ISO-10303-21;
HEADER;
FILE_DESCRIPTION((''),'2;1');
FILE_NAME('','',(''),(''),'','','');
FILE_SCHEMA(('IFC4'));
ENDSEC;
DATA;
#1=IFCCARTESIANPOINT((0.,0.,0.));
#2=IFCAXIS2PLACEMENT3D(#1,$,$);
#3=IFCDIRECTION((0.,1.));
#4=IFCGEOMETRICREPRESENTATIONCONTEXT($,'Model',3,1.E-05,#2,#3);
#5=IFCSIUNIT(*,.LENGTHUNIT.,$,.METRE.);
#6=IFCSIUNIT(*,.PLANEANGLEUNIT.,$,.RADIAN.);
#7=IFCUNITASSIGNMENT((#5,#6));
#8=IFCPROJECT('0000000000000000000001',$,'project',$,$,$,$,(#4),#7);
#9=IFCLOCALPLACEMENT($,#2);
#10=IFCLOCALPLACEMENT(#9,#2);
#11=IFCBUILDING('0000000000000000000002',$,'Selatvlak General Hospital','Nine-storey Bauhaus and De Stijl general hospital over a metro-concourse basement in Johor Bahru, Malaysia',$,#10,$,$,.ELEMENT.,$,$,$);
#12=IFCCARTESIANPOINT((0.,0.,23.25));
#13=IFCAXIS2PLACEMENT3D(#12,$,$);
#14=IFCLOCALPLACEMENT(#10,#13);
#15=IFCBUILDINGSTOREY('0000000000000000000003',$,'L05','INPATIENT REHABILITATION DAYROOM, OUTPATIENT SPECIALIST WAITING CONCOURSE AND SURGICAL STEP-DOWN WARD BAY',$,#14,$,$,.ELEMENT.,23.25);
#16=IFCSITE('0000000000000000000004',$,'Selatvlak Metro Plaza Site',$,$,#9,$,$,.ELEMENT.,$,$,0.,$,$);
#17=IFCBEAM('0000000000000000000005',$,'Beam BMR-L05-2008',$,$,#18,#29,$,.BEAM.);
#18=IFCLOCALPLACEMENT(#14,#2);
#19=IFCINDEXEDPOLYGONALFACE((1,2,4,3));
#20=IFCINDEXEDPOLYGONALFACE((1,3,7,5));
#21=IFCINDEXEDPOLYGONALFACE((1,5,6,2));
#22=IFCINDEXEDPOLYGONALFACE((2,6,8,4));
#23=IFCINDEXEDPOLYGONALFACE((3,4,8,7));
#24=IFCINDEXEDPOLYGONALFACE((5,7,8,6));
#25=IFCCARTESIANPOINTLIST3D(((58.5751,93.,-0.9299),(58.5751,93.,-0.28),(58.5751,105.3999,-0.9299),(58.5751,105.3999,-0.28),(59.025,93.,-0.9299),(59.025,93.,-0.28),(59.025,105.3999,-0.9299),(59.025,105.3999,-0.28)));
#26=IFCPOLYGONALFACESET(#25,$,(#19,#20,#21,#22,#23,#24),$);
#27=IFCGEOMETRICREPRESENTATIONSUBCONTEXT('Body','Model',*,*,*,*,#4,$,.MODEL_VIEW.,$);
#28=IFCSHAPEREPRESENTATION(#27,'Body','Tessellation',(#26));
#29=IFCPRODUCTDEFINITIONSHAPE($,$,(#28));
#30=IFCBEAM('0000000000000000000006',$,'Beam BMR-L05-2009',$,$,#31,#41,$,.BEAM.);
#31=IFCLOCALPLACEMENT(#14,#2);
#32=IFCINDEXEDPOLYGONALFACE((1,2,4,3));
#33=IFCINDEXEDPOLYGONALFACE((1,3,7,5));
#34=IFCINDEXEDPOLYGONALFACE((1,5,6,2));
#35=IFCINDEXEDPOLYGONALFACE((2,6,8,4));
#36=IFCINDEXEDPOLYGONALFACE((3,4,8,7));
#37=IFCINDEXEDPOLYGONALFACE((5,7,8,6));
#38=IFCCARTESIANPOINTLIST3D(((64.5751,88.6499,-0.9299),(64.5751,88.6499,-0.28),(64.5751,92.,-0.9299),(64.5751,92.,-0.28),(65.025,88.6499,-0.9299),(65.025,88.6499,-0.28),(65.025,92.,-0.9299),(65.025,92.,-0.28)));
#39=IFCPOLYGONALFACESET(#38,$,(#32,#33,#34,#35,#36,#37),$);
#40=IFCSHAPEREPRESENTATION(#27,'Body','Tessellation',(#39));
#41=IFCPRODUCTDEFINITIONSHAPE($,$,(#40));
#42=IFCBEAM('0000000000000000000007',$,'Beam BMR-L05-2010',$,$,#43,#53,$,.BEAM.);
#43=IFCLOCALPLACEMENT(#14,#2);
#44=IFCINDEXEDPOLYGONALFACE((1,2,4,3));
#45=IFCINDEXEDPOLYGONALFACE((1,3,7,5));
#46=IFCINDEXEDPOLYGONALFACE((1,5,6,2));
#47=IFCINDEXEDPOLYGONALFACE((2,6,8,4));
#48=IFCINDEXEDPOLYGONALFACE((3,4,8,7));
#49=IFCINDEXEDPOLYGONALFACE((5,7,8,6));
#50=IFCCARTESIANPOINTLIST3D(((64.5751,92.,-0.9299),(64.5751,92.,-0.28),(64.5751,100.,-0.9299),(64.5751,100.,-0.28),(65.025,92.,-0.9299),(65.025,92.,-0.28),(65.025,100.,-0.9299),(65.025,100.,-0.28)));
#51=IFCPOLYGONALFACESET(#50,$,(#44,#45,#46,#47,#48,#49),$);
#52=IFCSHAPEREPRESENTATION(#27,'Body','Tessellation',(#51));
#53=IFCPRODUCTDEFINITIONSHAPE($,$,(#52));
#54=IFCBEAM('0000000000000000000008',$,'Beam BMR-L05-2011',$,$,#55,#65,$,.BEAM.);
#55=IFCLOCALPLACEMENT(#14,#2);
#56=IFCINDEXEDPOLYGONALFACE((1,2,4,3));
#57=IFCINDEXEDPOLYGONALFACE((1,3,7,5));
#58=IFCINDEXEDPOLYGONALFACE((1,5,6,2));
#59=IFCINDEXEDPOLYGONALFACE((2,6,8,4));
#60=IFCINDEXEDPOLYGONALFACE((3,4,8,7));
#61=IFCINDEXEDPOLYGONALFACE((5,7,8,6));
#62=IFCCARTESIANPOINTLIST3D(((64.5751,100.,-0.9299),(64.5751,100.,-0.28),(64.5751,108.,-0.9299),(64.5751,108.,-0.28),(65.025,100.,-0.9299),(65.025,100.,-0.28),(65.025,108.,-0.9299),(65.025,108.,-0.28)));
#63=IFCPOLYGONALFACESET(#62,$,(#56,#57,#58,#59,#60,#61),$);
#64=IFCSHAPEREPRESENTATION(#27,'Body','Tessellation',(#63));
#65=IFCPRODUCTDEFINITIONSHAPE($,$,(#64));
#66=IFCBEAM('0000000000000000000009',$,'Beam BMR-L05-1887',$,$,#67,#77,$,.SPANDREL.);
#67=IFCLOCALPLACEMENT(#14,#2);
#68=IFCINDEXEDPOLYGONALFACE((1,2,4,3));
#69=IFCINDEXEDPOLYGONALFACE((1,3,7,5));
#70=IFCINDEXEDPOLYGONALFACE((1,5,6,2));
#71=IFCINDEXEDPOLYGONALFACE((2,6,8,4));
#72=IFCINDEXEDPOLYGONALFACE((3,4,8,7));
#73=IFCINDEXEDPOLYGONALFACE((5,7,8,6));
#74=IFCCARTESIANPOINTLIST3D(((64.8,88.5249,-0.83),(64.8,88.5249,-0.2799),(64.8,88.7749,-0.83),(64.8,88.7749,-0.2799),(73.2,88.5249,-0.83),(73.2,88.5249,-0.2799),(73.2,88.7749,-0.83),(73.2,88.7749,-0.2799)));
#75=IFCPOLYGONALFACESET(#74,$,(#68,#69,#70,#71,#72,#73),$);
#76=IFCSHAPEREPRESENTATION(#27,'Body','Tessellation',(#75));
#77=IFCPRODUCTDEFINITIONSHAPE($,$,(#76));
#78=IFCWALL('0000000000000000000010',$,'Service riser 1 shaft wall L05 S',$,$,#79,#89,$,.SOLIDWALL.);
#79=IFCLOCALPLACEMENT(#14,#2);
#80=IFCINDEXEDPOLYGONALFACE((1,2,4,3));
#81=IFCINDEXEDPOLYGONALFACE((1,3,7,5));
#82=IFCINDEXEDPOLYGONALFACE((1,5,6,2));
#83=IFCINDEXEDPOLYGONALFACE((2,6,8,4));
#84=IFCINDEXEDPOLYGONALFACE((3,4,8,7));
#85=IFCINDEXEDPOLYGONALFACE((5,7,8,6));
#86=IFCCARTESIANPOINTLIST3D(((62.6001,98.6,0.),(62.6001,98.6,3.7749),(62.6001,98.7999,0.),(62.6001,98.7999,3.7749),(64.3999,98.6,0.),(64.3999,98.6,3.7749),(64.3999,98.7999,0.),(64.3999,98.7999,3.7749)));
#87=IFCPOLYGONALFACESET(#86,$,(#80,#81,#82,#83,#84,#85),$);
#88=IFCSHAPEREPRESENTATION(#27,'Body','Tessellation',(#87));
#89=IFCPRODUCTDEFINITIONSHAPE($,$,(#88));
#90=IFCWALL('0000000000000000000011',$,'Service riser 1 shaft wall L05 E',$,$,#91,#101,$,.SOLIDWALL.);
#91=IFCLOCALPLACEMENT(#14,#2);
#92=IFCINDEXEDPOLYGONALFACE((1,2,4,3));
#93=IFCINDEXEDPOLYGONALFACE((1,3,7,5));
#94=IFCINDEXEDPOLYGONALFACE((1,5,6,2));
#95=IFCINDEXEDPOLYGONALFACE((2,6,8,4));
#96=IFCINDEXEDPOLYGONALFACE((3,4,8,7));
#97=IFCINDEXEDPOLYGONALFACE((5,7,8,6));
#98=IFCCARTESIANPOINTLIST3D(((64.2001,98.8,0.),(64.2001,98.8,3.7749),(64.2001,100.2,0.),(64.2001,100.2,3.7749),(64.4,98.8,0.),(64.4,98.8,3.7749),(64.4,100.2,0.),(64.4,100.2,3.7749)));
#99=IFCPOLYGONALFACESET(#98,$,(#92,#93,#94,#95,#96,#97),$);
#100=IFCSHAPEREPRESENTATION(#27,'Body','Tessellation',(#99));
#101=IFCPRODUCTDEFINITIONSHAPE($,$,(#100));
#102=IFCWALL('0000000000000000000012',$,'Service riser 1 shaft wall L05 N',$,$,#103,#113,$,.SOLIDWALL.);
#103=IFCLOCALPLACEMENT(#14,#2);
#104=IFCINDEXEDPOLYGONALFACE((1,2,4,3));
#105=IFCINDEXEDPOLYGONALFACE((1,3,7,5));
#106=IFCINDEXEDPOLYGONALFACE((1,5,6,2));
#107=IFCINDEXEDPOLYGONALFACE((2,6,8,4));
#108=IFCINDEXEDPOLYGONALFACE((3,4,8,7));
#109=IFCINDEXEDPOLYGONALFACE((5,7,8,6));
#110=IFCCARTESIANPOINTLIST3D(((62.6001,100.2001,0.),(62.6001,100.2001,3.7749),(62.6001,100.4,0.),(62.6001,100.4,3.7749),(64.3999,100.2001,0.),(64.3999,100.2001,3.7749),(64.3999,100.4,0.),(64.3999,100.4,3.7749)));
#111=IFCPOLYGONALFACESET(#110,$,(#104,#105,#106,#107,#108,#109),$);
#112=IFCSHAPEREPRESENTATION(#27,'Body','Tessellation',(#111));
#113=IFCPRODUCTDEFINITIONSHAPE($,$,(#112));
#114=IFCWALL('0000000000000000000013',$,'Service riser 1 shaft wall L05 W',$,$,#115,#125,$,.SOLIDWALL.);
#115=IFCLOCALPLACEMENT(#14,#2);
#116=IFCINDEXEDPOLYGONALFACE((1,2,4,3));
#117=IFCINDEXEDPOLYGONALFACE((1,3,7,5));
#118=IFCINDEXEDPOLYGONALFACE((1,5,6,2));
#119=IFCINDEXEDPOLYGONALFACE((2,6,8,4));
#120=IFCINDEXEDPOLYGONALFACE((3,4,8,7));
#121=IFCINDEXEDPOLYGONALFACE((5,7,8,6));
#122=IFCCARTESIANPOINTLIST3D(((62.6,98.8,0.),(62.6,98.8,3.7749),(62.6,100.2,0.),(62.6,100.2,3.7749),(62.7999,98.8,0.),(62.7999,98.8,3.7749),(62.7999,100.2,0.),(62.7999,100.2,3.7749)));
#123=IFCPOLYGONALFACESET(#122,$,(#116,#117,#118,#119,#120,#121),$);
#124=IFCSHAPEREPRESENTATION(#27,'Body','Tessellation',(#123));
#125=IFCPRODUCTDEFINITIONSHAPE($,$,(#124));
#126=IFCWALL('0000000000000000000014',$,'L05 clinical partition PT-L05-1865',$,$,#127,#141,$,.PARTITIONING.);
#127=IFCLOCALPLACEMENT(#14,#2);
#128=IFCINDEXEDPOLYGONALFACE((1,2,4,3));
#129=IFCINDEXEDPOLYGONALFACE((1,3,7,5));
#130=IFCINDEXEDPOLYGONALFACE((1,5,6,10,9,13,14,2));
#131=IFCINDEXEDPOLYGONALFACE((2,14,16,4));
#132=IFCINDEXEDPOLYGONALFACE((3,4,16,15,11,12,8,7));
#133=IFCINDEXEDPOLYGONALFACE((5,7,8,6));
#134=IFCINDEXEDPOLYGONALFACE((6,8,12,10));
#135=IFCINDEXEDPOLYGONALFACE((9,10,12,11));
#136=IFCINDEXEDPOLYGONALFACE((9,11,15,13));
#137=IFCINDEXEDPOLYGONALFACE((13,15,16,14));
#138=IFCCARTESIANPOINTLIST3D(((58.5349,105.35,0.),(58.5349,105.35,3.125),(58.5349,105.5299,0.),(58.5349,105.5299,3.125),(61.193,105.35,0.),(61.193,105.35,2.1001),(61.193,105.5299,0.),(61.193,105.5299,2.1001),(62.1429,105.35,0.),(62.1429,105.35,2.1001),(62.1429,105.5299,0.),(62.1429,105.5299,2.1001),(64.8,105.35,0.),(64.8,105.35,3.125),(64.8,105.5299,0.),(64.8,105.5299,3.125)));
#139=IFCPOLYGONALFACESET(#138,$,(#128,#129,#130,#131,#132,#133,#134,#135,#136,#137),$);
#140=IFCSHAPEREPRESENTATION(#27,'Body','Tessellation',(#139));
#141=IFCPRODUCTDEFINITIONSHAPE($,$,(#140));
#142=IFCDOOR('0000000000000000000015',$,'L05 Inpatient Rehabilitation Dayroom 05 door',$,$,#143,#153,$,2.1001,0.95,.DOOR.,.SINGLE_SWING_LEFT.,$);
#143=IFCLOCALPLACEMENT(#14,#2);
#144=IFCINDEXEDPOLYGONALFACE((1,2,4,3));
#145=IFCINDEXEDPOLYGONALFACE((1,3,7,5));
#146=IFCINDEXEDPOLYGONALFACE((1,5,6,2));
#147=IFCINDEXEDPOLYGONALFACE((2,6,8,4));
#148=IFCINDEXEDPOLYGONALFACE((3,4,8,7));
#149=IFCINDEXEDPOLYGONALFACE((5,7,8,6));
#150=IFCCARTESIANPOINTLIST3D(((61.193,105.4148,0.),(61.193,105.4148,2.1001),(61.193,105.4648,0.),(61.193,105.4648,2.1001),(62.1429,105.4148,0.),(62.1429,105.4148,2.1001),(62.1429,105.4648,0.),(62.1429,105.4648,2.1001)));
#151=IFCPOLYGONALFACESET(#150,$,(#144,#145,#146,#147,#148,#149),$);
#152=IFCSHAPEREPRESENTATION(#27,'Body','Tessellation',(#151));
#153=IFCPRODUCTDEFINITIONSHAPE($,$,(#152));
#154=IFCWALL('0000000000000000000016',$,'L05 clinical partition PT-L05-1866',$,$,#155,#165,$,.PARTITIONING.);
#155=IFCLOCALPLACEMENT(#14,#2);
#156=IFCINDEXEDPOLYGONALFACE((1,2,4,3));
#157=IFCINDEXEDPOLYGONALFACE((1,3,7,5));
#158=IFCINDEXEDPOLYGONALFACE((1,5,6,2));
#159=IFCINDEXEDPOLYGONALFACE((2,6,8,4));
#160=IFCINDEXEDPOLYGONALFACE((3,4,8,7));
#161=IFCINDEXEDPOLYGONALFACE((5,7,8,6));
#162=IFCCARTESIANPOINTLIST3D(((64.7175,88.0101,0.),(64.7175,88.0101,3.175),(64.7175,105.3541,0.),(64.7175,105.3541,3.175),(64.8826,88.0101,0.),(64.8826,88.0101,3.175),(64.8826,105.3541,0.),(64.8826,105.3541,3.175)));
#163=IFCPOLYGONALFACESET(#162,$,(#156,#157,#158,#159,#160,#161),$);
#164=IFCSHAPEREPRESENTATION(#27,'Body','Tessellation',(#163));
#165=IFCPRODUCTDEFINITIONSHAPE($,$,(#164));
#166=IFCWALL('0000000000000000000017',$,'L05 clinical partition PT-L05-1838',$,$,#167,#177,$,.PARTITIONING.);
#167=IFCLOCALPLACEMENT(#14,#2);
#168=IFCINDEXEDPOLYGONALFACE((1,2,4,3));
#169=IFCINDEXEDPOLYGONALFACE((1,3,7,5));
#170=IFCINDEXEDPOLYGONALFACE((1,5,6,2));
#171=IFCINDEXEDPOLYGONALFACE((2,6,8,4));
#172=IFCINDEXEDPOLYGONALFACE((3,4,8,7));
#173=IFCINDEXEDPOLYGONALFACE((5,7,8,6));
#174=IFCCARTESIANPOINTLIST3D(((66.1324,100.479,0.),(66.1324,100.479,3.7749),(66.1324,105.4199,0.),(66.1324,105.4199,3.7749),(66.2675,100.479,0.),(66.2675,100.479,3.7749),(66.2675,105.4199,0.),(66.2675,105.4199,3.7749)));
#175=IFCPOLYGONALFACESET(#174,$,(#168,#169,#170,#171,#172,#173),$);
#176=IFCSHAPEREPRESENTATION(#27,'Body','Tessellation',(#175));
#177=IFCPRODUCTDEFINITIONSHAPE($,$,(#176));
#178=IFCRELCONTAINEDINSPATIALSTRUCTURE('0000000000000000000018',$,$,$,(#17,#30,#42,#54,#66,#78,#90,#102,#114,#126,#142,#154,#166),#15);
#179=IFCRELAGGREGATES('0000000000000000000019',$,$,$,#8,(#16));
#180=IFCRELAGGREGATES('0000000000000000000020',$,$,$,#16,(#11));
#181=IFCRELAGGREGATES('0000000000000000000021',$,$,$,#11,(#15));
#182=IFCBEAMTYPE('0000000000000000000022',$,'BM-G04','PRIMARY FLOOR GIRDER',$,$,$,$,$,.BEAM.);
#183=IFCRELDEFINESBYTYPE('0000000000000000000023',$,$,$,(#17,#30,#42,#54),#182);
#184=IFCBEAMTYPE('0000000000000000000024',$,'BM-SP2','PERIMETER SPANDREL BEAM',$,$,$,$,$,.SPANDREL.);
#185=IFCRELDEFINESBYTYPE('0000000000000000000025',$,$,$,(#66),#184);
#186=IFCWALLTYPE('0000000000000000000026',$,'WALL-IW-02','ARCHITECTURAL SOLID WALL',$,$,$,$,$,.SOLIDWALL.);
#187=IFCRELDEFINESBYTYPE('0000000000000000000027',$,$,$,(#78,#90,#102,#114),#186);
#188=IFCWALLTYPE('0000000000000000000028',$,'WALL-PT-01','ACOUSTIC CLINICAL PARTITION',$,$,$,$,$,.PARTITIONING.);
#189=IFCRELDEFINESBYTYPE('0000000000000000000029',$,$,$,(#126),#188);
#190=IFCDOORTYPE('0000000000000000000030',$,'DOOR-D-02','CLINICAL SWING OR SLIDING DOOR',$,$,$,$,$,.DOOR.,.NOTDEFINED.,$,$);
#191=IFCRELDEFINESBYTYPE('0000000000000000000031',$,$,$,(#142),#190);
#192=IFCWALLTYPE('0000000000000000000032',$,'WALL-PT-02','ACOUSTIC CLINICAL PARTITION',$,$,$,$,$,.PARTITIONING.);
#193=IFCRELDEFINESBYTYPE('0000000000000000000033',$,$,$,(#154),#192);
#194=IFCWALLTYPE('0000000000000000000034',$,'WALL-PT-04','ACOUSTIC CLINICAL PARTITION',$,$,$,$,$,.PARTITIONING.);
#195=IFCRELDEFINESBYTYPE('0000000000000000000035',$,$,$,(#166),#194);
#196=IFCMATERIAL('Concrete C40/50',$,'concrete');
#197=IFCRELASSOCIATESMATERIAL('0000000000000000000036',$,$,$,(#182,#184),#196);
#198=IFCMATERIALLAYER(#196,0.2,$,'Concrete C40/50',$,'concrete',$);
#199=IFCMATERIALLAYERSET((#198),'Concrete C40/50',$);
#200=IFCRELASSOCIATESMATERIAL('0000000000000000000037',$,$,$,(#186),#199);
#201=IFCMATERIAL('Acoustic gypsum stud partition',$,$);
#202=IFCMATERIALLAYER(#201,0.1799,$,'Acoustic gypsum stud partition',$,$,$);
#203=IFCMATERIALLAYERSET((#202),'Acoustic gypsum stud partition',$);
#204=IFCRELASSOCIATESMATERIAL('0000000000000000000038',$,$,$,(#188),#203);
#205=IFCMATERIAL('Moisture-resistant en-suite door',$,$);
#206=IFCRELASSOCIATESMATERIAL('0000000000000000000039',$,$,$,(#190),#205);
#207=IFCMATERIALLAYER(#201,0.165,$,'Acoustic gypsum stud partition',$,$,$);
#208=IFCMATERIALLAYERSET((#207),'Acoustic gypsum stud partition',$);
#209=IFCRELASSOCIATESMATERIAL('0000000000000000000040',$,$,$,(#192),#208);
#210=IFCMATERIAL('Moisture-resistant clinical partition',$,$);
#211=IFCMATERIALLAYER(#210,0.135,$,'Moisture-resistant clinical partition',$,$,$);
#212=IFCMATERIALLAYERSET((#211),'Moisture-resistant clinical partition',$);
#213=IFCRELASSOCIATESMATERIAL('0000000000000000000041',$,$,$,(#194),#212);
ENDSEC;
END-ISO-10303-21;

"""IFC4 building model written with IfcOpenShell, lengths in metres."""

from ifc_helpers import new_model, si_unit, direction, frame, frame_2d, origin, origin_2d, place, context, subcontext, project, spatial, rectangle, extrude, material, layer, layer_set, material_profile, profile_set, type_object, element, fill, save


model = new_model("IFC4")

# Units and contexts
model_context = context("Model", 3, precision=1e-05, world=origin(), true_north=direction((0.0, 1.0)))
body_context = subcontext(model_context, "Body", "Model", "MODEL_VIEW")
ifc_project = project(units=[si_unit("LENGTHUNIT", "METRE"), si_unit("PLANEANGLEUNIT", "RADIAN")], contexts=[model_context])

# Site, building, storey
site_placement = place(None, origin())
site = spatial("IfcSite", under=ifc_project, at=site_placement, Name="Selatvlak Metro Plaza Site", CompositionType="ELEMENT", RefElevation=0.0)
building_placement = place(site_placement, origin())
building = spatial("IfcBuilding", under=site, at=building_placement, Name="Selatvlak General Hospital", Description="Nine-storey Bauhaus and De Stijl general hospital over a metro-concourse basement in Johor Bahru, Malaysia", CompositionType="ELEMENT")
storey_placement = place(building_placement, frame((0.0, 0.0, 23.25)))
storey = spatial("IfcBuildingStorey", under=building, at=storey_placement, Name="L05", Description="INPATIENT REHABILITATION DAYROOM, OUTPATIENT SPECIALIST WAITING CONCOURSE AND SURGICAL STEP-DOWN WARD BAY", CompositionType="ELEMENT", Elevation=23.25)

# Shared definitions
ifc_material_1 = material(Name="Concrete C40/50", Category="concrete")

# Beams
ifc_material_profile_1 = material_profile(ifc_material_1, rectangle(XDim=0.45, YDim=0.6499, at=origin_2d()), Name="RC-BM 450x650")
ifc_profile_set_1 = profile_set([ifc_material_profile_1], Name="Concrete C40/50")
beam_type_1 = type_object("IfcBeamType", Name="BM-G04", Description="PRIMARY FLOOR GIRDER", PredefinedType="BEAM", material=ifc_profile_set_1)
beam_1_placement = place(storey_placement, frame((58.8, 93.0, -0.605), z_axis=(0.0, 1.0, 0.0), x_axis=(-1.0, 0.0, 0.0)))
element("IfcBeam", 1, at=beam_1_placement, inside=storey, type_object=beam_type_1, Name="Beam BMR-L05-2008", PredefinedType="BEAM", context=body_context, shape_type="SweptSolid", body=[
    extrude(rectangle(XDim=0.45, YDim=0.6499, at=origin_2d()), origin(), (0.0, 0.0, 1.0), 12.3999),
])
beam_2_placement = place(storey_placement, frame((64.8, 88.6499, -0.605), z_axis=(0.0, 1.0, 0.0), x_axis=(-1.0, 0.0, 0.0)))
element("IfcBeam", 2, at=beam_2_placement, inside=storey, type_object=beam_type_1, Name="Beam BMR-L05-2009", PredefinedType="BEAM", context=body_context, shape_type="SweptSolid", body=[
    extrude(rectangle(XDim=0.45, YDim=0.6499, at=origin_2d()), origin(), (0.0, 0.0, 1.0), 3.3501),
])
for number, where, z_axis, x_axis, name in (
    (3, (64.8, 92.0, -0.605), (0.0, 1.0, 0.0), (-1.0, 0.0, 0.0), "Beam BMR-L05-2010"),
    (4, (64.8, 100.0, -0.605), (0.0, 1.0, 0.0), (-1.0, 0.0, 0.0), "Beam BMR-L05-2011"),
):
    element("IfcBeam", number, at=place(storey_placement, frame(where, z_axis=z_axis, x_axis=x_axis)), inside=storey, type_object=beam_type_1, Name=name, PredefinedType="BEAM", context=body_context, shape_type="SweptSolid", body=[
        extrude(rectangle(XDim=0.45, YDim=0.6499, at=origin_2d()), origin(), (0.0, 0.0, 1.0), 8.0),
    ])
ifc_material_profile_2 = material_profile(ifc_material_1, rectangle(XDim=0.25, YDim=0.55, at=origin_2d()), Name="RC-SP 250x550")
ifc_profile_set_2 = profile_set([ifc_material_profile_2], Name="Concrete C40/50")
beam_type_2 = type_object("IfcBeamType", Name="BM-SP2", Description="PERIMETER SPANDREL BEAM", PredefinedType="SPANDREL", material=ifc_profile_set_2)
beam_3_placement = place(storey_placement, frame((64.8, 88.6499, -0.5549), z_axis=(1.0, 0.0, 0.0), x_axis=(0.0, 1.0, 0.0)))
element("IfcBeam", 5, at=beam_3_placement, inside=storey, type_object=beam_type_2, Name="Beam BMR-L05-1887", PredefinedType="SPANDREL", context=body_context, shape_type="SweptSolid", body=[
    extrude(rectangle(XDim=0.25, YDim=0.55, at=origin_2d()), origin(), (0.0, 0.0, 1.0), 8.3999),
])

# Walls
ifc_layer_1 = layer(ifc_material_1, 0.2, Name="Concrete C40/50", Category="concrete")
ifc_layer_set_1 = layer_set([ifc_layer_1], Name="Concrete C40/50")
wall_type_1 = type_object("IfcWallType", Name="WALL-IW-02", Description="ARCHITECTURAL SOLID WALL", PredefinedType="SOLIDWALL", material=ifc_layer_set_1)
wall_1_placement = place(storey_placement, frame((62.6001, 98.7, 0.0), z_axis=(0.0, 0.0, 1.0), x_axis=(1.0, 0.0, 0.0)))
element("IfcWall", 6, at=wall_1_placement, inside=storey, type_object=wall_type_1, Name="Service riser 1 shaft wall L05 S", PredefinedType="SOLIDWALL", context=body_context, shape_type="SweptSolid", body=[
    extrude(rectangle(XDim=1.7998, YDim=0.2, at=frame_2d((0.8999, 0.0))), origin(), (0.0, 0.0, 1.0), 3.7749),
])
wall_2_placement = place(storey_placement, frame((64.3, 98.8, 0.0), z_axis=(0.0, 0.0, 1.0), x_axis=(0.0, 1.0, 0.0)))
element("IfcWall", 7, at=wall_2_placement, inside=storey, type_object=wall_type_1, Name="Service riser 1 shaft wall L05 E", PredefinedType="SOLIDWALL", context=body_context, shape_type="SweptSolid", body=[
    extrude(rectangle(XDim=1.3999, YDim=0.2, at=frame_2d((0.7, 0.0))), origin(), (0.0, 0.0, 1.0), 3.7749),
])
wall_3_placement = place(storey_placement, frame((64.3999, 100.3, 0.0), z_axis=(0.0, 0.0, 1.0), x_axis=(-1.0, 0.0, 0.0)))
element("IfcWall", 8, at=wall_3_placement, inside=storey, type_object=wall_type_1, Name="Service riser 1 shaft wall L05 N", PredefinedType="SOLIDWALL", context=body_context, shape_type="SweptSolid", body=[
    extrude(rectangle(XDim=1.7998, YDim=0.2, at=frame_2d((0.8999, 0.0))), origin(), (0.0, 0.0, 1.0), 3.7749),
])
wall_4_placement = place(storey_placement, frame((62.7, 100.2, 0.0), z_axis=(0.0, 0.0, 1.0), x_axis=(0.0, -1.0, 0.0)))
element("IfcWall", 9, at=wall_4_placement, inside=storey, type_object=wall_type_1, Name="Service riser 1 shaft wall L05 W", PredefinedType="SOLIDWALL", context=body_context, shape_type="SweptSolid", body=[
    extrude(rectangle(XDim=1.3999, YDim=0.2, at=frame_2d((0.7, 0.0))), origin(), (0.0, 0.0, 1.0), 3.7749),
])

# Wall, opening, door
ifc_material_2 = material(Name="Acoustic gypsum stud partition")
ifc_layer_2 = layer(ifc_material_2, 0.1799, Name="Acoustic gypsum stud partition")
ifc_layer_set_2 = layer_set([ifc_layer_2], Name="Acoustic gypsum stud partition")
wall_type_2 = type_object("IfcWallType", Name="WALL-PT-01", Description="ACOUSTIC CLINICAL PARTITION", PredefinedType="PARTITIONING", material=ifc_layer_set_2)
wall_5_placement = place(storey_placement, frame((58.5349, 105.4399, 0.0), z_axis=(0.0, 0.0, 1.0), x_axis=(1.0, 0.0, 0.0)))
wall_5 = element("IfcWall", 10, at=wall_5_placement, inside=storey, type_object=wall_type_2, Name="L05 clinical partition PT-L05-1865", PredefinedType="PARTITIONING", context=body_context, shape_type="SweptSolid", body=[
    extrude(rectangle(XDim=6.2651, YDim=0.1799, at=frame_2d((3.1326, 0.0))), origin(), (0.0, 0.0, 1.0), 3.125),
])
opening_placement = place(wall_5_placement, frame((2.658, 0.0, 0.0)))
opening = element("IfcOpeningElement", 11, at=opening_placement, cuts=wall_5, PredefinedType="OPENING", context=body_context, shape_type="SweptSolid", body=[
    extrude(rectangle(XDim=0.95, YDim=2.1001, at=frame_2d((0.4751, 1.05))), frame((0.0, 0.0999, 0.0), z_axis=(0.0, -1.0, 0.0), x_axis=(1.0, 0.0, 0.0)), (0.0, 0.0, 1.0), 0.2),
])
ifc_material_3 = material(Name="Moisture-resistant en-suite door")
door_type = type_object("IfcDoorType", Name="DOOR-D-02", Description="CLINICAL SWING OR SLIDING DOOR", OperationType="NOTDEFINED", PredefinedType="DOOR", material=ifc_material_3)
door_placement = place(opening_placement, origin())
door = element("IfcDoor", 12, at=door_placement, inside=storey, type_object=door_type, Name="L05 Inpatient Rehabilitation Dayroom 05 door", OperationType="SINGLE_SWING_LEFT", OverallHeight=2.1001, OverallWidth=0.95, PredefinedType="DOOR", context=body_context, shape_type="SweptSolid", body=[
    extrude(rectangle(XDim=0.95, YDim=2.1001, at=frame_2d((0.4751, 1.05))), frame((0.0, 0.0249, 0.0), z_axis=(0.0, -1.0, 0.0), x_axis=(1.0, 0.0, 0.0)), (0.0, 0.0, 1.0), 0.05),
])
fill(opening, door)

# Walls
ifc_layer_3 = layer(ifc_material_2, 0.165, Name="Acoustic gypsum stud partition")
ifc_layer_set_3 = layer_set([ifc_layer_3], Name="Acoustic gypsum stud partition")
wall_type_3 = type_object("IfcWallType", Name="WALL-PT-02", Description="ACOUSTIC CLINICAL PARTITION", PredefinedType="PARTITIONING", material=ifc_layer_set_3)
wall_6_placement = place(storey_placement, frame((64.8, 105.354, 0.0), z_axis=(0.0, 0.0, 1.0), x_axis=(0.0, -1.0, 0.0)))
element("IfcWall", 13, at=wall_6_placement, inside=storey, type_object=wall_type_3, Name="L05 clinical partition PT-L05-1866", PredefinedType="PARTITIONING", context=body_context, shape_type="SweptSolid", body=[
    extrude(rectangle(XDim=17.344, YDim=0.165, at=frame_2d((8.6719, 0.0))), origin(), (0.0, 0.0, 1.0), 3.175),
])
ifc_material_4 = material(Name="Moisture-resistant clinical partition")
ifc_layer_4 = layer(ifc_material_4, 0.135, Name="Moisture-resistant clinical partition")
ifc_layer_set_4 = layer_set([ifc_layer_4], Name="Moisture-resistant clinical partition")
wall_type_4 = type_object("IfcWallType", Name="WALL-PT-04", Description="ACOUSTIC CLINICAL PARTITION", PredefinedType="PARTITIONING", material=ifc_layer_set_4)
wall_7_placement = place(storey_placement, frame((66.2, 100.479, 0.0), z_axis=(0.0, 0.0, 1.0), x_axis=(0.0, 1.0, 0.0)))
element("IfcWall", 14, at=wall_7_placement, inside=storey, type_object=wall_type_4, Name="L05 clinical partition PT-L05-1838", PredefinedType="PARTITIONING", context=body_context, shape_type="SweptSolid", body=[
    extrude(rectangle(XDim=4.9409, YDim=0.135, at=frame_2d((2.4705, 0.0))), origin(), (0.0, 0.0, 1.0), 3.7749),
])

save(model, "model.ifc")
